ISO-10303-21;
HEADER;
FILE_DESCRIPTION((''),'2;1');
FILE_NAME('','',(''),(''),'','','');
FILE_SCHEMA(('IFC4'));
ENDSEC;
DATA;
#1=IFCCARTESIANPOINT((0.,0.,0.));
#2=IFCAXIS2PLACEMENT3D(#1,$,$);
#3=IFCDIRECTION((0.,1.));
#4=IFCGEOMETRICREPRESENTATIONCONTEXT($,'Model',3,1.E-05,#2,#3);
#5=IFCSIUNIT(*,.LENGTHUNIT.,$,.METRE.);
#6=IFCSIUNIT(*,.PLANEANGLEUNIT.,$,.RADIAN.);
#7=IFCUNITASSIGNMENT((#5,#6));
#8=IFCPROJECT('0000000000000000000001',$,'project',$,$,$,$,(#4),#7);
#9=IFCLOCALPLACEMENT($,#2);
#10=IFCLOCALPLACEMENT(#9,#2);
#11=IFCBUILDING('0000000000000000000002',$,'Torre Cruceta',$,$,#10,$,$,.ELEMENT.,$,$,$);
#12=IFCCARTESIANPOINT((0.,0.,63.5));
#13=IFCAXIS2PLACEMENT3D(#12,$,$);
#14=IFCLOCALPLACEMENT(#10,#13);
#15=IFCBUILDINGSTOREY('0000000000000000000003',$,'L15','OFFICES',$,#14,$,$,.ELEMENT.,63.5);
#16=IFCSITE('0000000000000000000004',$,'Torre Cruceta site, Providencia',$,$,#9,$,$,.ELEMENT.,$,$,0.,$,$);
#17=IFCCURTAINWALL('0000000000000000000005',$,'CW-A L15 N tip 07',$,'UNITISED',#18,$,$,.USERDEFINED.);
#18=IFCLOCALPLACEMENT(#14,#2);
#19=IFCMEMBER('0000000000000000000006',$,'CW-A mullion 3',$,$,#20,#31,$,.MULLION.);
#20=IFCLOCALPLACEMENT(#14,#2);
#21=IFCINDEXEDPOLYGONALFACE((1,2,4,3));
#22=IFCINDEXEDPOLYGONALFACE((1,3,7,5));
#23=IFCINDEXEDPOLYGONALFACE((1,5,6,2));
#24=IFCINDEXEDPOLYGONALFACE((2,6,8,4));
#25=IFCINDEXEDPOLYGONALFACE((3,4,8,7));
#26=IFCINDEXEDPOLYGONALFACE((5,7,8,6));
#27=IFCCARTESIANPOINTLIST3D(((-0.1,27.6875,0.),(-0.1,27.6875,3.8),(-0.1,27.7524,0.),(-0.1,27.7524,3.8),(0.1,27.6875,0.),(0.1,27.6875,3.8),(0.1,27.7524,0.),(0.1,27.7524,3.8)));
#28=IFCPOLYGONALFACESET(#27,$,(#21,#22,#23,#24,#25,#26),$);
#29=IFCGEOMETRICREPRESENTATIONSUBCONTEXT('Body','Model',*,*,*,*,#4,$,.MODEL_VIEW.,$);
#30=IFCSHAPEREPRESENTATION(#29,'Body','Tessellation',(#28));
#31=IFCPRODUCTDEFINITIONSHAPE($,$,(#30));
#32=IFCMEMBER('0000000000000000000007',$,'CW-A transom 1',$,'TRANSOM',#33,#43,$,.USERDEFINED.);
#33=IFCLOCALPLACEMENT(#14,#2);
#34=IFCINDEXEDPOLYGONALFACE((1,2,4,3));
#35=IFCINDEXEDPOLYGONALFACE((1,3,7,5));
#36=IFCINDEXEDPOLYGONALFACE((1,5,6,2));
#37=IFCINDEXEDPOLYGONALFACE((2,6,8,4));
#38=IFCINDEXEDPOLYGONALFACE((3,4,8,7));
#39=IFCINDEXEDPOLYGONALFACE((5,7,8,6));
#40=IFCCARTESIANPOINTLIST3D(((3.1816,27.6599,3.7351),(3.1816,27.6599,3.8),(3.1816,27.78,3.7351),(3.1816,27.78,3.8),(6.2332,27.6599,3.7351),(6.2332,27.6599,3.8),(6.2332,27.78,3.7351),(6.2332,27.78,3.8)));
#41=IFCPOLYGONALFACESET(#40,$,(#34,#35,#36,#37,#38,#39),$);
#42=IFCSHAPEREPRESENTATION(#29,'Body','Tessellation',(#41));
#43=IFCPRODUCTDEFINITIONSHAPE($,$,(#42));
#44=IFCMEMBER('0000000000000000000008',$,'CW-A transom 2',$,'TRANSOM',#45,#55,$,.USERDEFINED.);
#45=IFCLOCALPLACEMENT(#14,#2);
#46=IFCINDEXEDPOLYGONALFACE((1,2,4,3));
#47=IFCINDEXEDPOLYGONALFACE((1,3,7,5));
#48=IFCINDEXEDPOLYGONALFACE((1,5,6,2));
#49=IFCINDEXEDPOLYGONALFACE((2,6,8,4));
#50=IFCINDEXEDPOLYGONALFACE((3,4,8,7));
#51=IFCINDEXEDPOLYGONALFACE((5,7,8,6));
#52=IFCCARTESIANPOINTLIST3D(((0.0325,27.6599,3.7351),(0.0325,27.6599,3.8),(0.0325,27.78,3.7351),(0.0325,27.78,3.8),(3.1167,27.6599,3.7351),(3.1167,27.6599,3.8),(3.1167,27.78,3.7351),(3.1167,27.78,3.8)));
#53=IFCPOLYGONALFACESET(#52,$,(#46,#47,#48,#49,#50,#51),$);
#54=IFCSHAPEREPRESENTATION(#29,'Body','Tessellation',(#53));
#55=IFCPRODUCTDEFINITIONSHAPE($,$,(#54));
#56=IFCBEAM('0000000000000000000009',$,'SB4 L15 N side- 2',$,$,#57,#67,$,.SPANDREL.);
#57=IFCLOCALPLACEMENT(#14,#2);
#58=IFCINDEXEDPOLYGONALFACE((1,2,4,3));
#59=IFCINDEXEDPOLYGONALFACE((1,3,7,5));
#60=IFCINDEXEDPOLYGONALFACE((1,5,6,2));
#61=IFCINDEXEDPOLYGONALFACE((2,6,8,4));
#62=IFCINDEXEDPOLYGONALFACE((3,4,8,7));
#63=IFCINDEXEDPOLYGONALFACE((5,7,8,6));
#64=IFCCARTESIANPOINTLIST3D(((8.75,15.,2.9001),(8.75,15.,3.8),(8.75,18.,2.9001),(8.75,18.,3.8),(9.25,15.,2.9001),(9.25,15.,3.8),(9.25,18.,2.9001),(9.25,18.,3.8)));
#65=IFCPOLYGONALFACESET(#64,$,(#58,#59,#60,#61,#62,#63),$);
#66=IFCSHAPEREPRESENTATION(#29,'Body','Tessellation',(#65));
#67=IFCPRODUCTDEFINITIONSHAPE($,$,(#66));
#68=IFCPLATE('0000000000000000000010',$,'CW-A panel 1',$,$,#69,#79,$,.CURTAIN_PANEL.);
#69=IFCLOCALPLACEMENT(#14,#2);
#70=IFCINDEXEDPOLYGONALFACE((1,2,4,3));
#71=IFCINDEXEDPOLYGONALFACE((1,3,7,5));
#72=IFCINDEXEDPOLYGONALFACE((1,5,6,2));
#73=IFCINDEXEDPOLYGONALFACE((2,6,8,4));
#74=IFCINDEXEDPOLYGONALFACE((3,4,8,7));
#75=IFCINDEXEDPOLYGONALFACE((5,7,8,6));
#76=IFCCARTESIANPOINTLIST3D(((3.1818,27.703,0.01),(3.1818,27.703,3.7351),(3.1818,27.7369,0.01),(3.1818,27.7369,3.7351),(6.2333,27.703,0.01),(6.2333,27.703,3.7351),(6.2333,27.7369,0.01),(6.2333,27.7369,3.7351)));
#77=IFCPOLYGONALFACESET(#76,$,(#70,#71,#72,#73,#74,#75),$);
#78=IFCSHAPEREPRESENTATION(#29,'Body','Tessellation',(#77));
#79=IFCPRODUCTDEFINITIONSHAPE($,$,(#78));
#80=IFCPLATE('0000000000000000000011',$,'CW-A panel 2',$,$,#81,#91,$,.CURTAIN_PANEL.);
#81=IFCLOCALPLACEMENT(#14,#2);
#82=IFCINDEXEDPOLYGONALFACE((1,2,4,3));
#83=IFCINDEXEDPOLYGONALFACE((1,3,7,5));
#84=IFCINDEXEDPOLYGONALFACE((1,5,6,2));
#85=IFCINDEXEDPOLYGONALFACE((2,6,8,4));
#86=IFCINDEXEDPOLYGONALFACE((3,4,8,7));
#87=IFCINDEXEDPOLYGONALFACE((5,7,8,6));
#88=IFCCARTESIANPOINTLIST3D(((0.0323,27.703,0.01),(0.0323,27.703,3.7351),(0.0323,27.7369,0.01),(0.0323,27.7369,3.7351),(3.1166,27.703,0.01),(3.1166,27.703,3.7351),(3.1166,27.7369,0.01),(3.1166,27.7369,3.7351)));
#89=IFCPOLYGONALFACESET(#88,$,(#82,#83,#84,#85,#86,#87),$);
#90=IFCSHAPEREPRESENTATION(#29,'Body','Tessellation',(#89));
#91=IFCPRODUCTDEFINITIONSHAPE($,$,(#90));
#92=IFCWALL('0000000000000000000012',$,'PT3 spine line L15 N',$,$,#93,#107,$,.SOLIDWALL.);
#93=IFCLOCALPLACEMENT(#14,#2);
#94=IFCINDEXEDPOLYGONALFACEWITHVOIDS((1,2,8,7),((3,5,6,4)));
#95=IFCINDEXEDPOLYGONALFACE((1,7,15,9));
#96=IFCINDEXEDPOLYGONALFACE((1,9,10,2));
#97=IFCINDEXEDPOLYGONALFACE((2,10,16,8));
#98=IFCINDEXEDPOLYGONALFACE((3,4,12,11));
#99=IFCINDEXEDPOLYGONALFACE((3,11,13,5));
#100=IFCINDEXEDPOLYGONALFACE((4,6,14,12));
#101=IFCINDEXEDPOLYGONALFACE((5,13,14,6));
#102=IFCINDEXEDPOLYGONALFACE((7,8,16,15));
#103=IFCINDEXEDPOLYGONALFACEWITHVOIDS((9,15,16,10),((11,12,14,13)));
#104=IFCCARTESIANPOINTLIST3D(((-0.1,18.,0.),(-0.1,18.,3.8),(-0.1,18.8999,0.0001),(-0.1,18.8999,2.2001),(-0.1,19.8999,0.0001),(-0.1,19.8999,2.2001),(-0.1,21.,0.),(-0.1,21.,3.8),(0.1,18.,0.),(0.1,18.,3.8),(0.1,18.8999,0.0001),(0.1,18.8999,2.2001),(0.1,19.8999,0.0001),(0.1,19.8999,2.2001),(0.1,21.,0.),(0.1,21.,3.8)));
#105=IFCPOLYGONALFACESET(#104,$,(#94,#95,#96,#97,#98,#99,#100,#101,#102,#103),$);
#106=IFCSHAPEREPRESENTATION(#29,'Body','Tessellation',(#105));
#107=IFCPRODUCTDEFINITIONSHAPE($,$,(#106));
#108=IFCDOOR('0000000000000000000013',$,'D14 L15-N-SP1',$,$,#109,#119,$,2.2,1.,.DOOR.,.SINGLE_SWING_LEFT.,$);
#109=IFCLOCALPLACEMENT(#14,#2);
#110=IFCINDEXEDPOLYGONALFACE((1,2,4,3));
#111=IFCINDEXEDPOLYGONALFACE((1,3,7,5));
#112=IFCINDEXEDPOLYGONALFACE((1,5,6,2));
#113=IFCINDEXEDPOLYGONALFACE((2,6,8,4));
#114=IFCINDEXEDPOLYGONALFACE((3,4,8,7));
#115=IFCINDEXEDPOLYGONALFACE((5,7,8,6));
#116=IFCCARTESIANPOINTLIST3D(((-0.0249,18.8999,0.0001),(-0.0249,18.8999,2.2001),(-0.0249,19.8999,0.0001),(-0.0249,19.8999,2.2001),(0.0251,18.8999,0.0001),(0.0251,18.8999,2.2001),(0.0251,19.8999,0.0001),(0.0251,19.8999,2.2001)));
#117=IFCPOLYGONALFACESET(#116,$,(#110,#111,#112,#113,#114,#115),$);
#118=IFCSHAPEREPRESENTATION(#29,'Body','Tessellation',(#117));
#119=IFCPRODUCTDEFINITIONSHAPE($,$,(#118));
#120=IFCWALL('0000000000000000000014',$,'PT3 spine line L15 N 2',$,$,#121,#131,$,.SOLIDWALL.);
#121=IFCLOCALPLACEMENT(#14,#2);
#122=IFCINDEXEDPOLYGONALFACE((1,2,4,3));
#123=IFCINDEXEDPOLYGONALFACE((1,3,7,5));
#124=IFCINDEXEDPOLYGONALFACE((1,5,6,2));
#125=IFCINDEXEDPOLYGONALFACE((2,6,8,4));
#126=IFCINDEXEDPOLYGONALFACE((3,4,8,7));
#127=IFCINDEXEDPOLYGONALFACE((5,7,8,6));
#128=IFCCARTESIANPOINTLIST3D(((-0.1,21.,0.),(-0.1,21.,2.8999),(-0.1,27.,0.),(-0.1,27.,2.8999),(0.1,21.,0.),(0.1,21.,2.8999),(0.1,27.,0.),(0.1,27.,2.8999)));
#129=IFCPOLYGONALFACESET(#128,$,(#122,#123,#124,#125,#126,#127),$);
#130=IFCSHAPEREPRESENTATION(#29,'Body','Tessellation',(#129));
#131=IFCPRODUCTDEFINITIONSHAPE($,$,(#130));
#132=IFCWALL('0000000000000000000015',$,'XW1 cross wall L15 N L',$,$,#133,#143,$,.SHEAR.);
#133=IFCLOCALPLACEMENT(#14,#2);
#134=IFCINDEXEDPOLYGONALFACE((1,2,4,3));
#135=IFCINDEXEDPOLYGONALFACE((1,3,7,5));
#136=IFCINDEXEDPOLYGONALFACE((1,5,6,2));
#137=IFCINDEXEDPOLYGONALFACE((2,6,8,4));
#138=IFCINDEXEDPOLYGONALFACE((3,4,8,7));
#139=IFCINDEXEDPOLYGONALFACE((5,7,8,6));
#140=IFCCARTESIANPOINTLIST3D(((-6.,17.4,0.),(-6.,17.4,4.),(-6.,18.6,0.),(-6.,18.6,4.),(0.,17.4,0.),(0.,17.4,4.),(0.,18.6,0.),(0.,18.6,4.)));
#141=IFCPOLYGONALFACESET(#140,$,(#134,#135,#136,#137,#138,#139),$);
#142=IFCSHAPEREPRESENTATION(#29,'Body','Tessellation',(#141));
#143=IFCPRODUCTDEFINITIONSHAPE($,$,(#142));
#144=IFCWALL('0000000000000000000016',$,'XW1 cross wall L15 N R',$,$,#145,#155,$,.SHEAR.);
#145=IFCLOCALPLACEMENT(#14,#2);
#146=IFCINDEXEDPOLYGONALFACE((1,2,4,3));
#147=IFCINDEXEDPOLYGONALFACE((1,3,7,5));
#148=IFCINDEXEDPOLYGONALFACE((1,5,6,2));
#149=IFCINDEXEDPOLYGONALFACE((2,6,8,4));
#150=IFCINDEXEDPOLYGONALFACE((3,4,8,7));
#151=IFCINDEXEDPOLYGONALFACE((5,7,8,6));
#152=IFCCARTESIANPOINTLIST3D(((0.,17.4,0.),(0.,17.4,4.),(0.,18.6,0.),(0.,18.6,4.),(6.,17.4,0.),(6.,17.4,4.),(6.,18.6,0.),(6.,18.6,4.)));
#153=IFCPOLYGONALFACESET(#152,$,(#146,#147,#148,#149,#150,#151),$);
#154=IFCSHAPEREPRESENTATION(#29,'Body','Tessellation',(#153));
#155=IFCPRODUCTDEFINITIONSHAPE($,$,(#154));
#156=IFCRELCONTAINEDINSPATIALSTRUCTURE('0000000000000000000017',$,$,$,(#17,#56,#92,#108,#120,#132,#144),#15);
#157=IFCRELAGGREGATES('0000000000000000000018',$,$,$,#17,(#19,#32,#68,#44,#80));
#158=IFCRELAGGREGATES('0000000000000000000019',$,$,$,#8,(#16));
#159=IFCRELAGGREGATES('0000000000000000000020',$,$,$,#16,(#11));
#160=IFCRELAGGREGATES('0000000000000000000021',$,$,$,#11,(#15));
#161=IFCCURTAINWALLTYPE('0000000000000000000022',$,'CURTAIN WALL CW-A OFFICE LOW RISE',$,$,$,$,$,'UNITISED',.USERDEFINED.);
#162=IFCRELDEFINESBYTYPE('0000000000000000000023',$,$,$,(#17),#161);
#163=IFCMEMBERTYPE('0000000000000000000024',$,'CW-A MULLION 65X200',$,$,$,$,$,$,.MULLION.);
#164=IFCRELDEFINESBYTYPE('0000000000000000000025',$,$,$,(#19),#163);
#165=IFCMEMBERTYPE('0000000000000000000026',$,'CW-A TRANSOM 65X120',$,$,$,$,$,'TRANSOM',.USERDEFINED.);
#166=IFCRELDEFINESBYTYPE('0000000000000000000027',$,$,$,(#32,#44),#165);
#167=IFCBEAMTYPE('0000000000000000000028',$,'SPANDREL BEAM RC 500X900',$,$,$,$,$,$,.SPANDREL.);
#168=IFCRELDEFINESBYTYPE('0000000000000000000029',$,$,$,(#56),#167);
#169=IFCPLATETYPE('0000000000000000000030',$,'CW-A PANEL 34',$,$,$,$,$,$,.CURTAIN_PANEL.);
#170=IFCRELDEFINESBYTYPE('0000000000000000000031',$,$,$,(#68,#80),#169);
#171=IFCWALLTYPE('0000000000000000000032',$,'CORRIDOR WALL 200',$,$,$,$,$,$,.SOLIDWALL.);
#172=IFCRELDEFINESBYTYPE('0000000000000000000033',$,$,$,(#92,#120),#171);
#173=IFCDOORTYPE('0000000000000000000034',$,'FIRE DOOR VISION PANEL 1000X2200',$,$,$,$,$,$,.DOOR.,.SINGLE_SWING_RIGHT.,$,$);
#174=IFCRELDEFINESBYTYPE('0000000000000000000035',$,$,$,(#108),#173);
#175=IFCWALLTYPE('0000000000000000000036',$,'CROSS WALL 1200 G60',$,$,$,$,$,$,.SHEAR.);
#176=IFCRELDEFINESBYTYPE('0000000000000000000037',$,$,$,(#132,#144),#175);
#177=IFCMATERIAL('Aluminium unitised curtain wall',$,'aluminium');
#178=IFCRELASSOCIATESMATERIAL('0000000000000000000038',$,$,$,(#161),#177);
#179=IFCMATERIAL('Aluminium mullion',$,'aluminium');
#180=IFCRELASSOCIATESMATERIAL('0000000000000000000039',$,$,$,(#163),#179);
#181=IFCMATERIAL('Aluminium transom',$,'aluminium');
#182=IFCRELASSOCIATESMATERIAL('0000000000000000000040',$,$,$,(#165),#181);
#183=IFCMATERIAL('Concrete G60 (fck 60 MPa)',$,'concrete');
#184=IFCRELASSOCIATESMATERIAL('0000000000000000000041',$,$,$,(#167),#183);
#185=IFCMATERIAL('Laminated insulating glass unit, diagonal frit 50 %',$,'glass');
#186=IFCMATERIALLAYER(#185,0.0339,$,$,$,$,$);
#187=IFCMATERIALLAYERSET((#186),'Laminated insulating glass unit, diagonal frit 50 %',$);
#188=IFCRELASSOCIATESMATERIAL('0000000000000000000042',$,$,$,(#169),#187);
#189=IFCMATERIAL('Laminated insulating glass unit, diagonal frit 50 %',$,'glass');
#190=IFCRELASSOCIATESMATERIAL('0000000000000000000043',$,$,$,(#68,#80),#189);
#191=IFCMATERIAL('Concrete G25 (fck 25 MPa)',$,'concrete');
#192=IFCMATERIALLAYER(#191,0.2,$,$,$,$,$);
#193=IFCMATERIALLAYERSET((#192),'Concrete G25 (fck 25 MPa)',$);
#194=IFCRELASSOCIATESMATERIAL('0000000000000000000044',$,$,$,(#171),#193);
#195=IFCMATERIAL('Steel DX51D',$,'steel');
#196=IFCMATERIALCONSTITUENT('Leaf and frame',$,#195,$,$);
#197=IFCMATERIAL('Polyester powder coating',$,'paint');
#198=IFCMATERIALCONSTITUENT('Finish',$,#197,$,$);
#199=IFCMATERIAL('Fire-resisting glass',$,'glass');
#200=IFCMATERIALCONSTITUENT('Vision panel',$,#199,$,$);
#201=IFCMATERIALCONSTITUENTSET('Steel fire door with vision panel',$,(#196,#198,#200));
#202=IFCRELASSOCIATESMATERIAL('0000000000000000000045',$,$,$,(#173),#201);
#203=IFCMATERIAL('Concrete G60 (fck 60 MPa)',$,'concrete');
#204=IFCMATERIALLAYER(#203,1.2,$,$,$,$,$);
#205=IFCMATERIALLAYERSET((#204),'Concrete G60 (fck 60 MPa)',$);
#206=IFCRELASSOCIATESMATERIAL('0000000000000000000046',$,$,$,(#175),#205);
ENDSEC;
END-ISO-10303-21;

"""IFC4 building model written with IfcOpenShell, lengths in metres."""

from ifc_helpers import new_model, si_unit, direction, frame, frame_2d, origin, origin_2d, place, context, subcontext, project, spatial, rectangle, extrude, material, layer, layer_set, constituent, constituent_set, material_profile, profile_set, type_object, element, fill, aggregate, save


model = new_model("IFC4")

# Units and contexts
model_context = context("Model", 3, precision=1e-05, world=origin(), true_north=direction((0.0, 1.0)))
body_context = subcontext(model_context, "Body", "Model", "MODEL_VIEW")
ifc_project = project(units=[si_unit("LENGTHUNIT", "METRE"), si_unit("PLANEANGLEUNIT", "RADIAN")], contexts=[model_context])

# Site, building, storey
site_placement = place(None, origin())
site = spatial("IfcSite", under=ifc_project, at=site_placement, Name="Torre Cruceta site, Providencia", CompositionType="ELEMENT", RefElevation=0.0)
building_placement = place(site_placement, origin())
building = spatial("IfcBuilding", under=site, at=building_placement, Name="Torre Cruceta", CompositionType="ELEMENT")
storey_placement = place(building_placement, frame((0.0, 0.0, 63.5)))
storey = spatial("IfcBuildingStorey", under=building, at=storey_placement, Name="L15", Description="OFFICES", CompositionType="ELEMENT", Elevation=63.5)

# Curtain wall, members
ifc_material_1 = material(Name="Aluminium unitised curtain wall", Category="aluminium")
curtain_wall_type = type_object("IfcCurtainWallType", Name="CURTAIN WALL CW-A OFFICE LOW RISE", ElementType="UNITISED", PredefinedType="USERDEFINED", material=ifc_material_1)
curtain_wall_placement = place(storey_placement, origin())
curtain_wall = element("IfcCurtainWall", 1, at=curtain_wall_placement, inside=storey, type_object=curtain_wall_type, Name="CW-A L15 N tip 07", ObjectType="UNITISED", PredefinedType="USERDEFINED")
ifc_material_2 = material(Name="Aluminium mullion", Category="aluminium")
ifc_material_profile_1 = material_profile(ifc_material_2, rectangle(XDim=0.0649, YDim=0.2, at=origin_2d()), Name="AL 65X200")
ifc_profile_set_1 = profile_set([ifc_material_profile_1], Name="Aluminium mullion")
member_type_1 = type_object("IfcMemberType", Name="CW-A MULLION 65X200", PredefinedType="MULLION", material=ifc_profile_set_1)
member_1_placement = place(storey_placement, frame((0.0, 27.72, 0.0), z_axis=(0.0, 0.0, 1.0), x_axis=(0.0, -1.0, 0.0)))
member_1 = element("IfcMember", 2, at=member_1_placement, type_object=member_type_1, Name="CW-A mullion 3", PredefinedType="MULLION", context=body_context, shape_type="SweptSolid", body=[
    extrude(rectangle(XDim=0.0649, YDim=0.2, at=origin_2d()), origin(), (0.0, 0.0, 1.0), 3.8),
])
ifc_material_3 = material(Name="Aluminium transom", Category="aluminium")
ifc_material_profile_2 = material_profile(ifc_material_3, rectangle(XDim=0.1201, YDim=0.0649, at=origin_2d()), Name="AL 120X65")
ifc_profile_set_2 = profile_set([ifc_material_profile_2], Name="Aluminium transom")
member_type_2 = type_object("IfcMemberType", Name="CW-A TRANSOM 65X120", ElementType="TRANSOM", PredefinedType="USERDEFINED", material=ifc_profile_set_2)
member_2_placement = place(storey_placement, frame((6.2332, 27.72, 3.7676), z_axis=(-1.0, 0.0, 0.0), x_axis=(0.0, -1.0, 0.0)))
member_2 = element("IfcMember", 3, at=member_2_placement, type_object=member_type_2, Name="CW-A transom 1", ObjectType="TRANSOM", PredefinedType="USERDEFINED", context=body_context, shape_type="SweptSolid", body=[
    extrude(rectangle(XDim=0.1201, YDim=0.0649, at=origin_2d()), origin(), (0.0, 0.0, 1.0), 3.0515),
])
member_3_placement = place(storey_placement, frame((3.1167, 27.72, 3.7676), z_axis=(-1.0, 0.0, 0.0), x_axis=(0.0, -1.0, 0.0)))
member_3 = element("IfcMember", 4, at=member_3_placement, type_object=member_type_2, Name="CW-A transom 2", ObjectType="TRANSOM", PredefinedType="USERDEFINED", context=body_context, shape_type="SweptSolid", body=[
    extrude(rectangle(XDim=0.1201, YDim=0.0649, at=origin_2d()), origin(), (0.0, 0.0, 1.0), 3.0842),
])

# Beam
ifc_material_4 = material(Name="Concrete G60 (fck 60 MPa)", Category="concrete")
ifc_material_profile_3 = material_profile(ifc_material_4, rectangle(XDim=0.5, YDim=0.8999, at=origin_2d()), Name="RC 500X900")
ifc_profile_set_3 = profile_set([ifc_material_profile_3], Name="Concrete G60 (fck 60 MPa)")
beam_type_1 = type_object("IfcBeamType", Name="SPANDREL BEAM RC 500X900", PredefinedType="SPANDREL", material=ifc_profile_set_3)
beam_placement = place(storey_placement, frame((9.0, 15.0, 3.3501), z_axis=(0.0, 1.0, 0.0), x_axis=(-1.0, 0.0, 0.0)))
element("IfcBeam", 5, at=beam_placement, inside=storey, type_object=beam_type_1, Name="SB4 L15 N side- 2", PredefinedType="SPANDREL", context=body_context, shape_type="SweptSolid", body=[
    extrude(rectangle(XDim=0.5, YDim=0.8999, at=origin_2d()), origin(), (0.0, 0.0, 1.0), 3.0),
])

# Plates
ifc_material_5 = material(Name="Laminated insulating glass unit, diagonal frit 50 %", Category="glass")
ifc_material_6 = material(Name="Laminated insulating glass unit, diagonal frit 50 %", Category="glass")
ifc_layer_1 = layer(ifc_material_6, 0.0339)
ifc_layer_set_1 = layer_set([ifc_layer_1], Name="Laminated insulating glass unit, diagonal frit 50 %")
plate_type = type_object("IfcPlateType", Name="CW-A PANEL 34", PredefinedType="CURTAIN_PANEL", material=ifc_layer_set_1)
plate_1_placement = place(storey_placement, frame((4.7075, 27.72, 0.01), z_axis=(0.0, 0.0, 1.0), x_axis=(-1.0, 0.0, 0.0)))
plate_1 = element("IfcPlate", 6, at=plate_1_placement, type_object=plate_type, material=ifc_material_5, Name="CW-A panel 1", PredefinedType="CURTAIN_PANEL", context=body_context, shape_type="SweptSolid", body=[
    extrude(rectangle(XDim=3.0515, YDim=0.0339, at=origin_2d()), origin(), (0.0, 0.0, 1.0), 3.7251),
])
plate_2_placement = place(storey_placement, frame((1.5745, 27.72, 0.01), z_axis=(0.0, 0.0, 1.0), x_axis=(-1.0, 0.0, 0.0)))
plate_2 = element("IfcPlate", 7, at=plate_2_placement, type_object=plate_type, material=ifc_material_5, Name="CW-A panel 2", PredefinedType="CURTAIN_PANEL", context=body_context, shape_type="SweptSolid", body=[
    extrude(rectangle(XDim=3.0842, YDim=0.0339, at=origin_2d()), origin(), (0.0, 0.0, 1.0), 3.7251),
])
aggregate(curtain_wall, [member_1, member_2, plate_1, member_3, plate_2])

# Wall, opening, door
ifc_material_7 = material(Name="Concrete G25 (fck 25 MPa)", Category="concrete")
ifc_layer_2 = layer(ifc_material_7, 0.2)
ifc_layer_set_2 = layer_set([ifc_layer_2], Name="Concrete G25 (fck 25 MPa)")
wall_type_1 = type_object("IfcWallType", Name="CORRIDOR WALL 200", PredefinedType="SOLIDWALL", material=ifc_layer_set_2)
wall_1_placement = place(storey_placement, frame((0.0, 18.0, 0.0), z_axis=(0.0, 0.0, 1.0), x_axis=(0.0, 1.0, 0.0)))
wall_1 = element("IfcWall", 8, at=wall_1_placement, inside=storey, type_object=wall_type_1, Name="PT3 spine line L15 N", PredefinedType="SOLIDWALL", context=body_context, shape_type="SweptSolid", body=[
    extrude(rectangle(XDim=3.0, YDim=0.2, at=frame_2d((1.5, 0.0))), origin(), (0.0, 0.0, 1.0), 3.8),
])
opening_placement = place(wall_1_placement, frame((0.8999, 0.0, 0.0)))
opening = element("IfcOpeningElement", 9, at=opening_placement, cuts=wall_1, PredefinedType="OPENING", context=body_context, shape_type="SweptSolid", body=[
    extrude(rectangle(XDim=1.0, YDim=2.2, at=frame_2d((0.5, 1.1001))), frame((0.0, 0.1099, 0.0), z_axis=(0.0, -1.0, 0.0), x_axis=(1.0, 0.0, 0.0)), (0.0, 0.0, 1.0), 0.22),
])
ifc_material_8 = material(Name="Steel DX51D", Category="steel")
ifc_constituent_1 = constituent(ifc_material_8, Name="Leaf and frame")
ifc_material_9 = material(Name="Polyester powder coating", Category="paint")
ifc_constituent_2 = constituent(ifc_material_9, Name="Finish")
ifc_material_10 = material(Name="Fire-resisting glass", Category="glass")
ifc_constituent_3 = constituent(ifc_material_10, Name="Vision panel")
ifc_constituent_set = constituent_set(constituents=[ifc_constituent_1, ifc_constituent_2, ifc_constituent_3], Name="Steel fire door with vision panel")
door_type = type_object("IfcDoorType", Name="FIRE DOOR VISION PANEL 1000X2200", OperationType="SINGLE_SWING_RIGHT", PredefinedType="DOOR", material=ifc_constituent_set)
door_placement = place(opening_placement, origin())
door = element("IfcDoor", 10, at=door_placement, inside=storey, type_object=door_type, Name="D14 L15-N-SP1", OperationType="SINGLE_SWING_LEFT", OverallHeight=2.2, OverallWidth=1.0, PredefinedType="DOOR", context=body_context, shape_type="SweptSolid", body=[
    extrude(rectangle(XDim=1.0, YDim=2.2, at=frame_2d((0.5, 1.1001))), frame((0.0, 0.0249, 0.0), z_axis=(0.0, -1.0, 0.0), x_axis=(1.0, 0.0, 0.0)), (0.0, 0.0, 1.0), 0.05),
])
fill(opening, door)

# Walls
wall_2_placement = place(storey_placement, frame((0.0, 21.0, 0.0), z_axis=(0.0, 0.0, 1.0), x_axis=(0.0, 1.0, 0.0)))
element("IfcWall", 11, at=wall_2_placement, inside=storey, type_object=wall_type_1, Name="PT3 spine line L15 N 2", PredefinedType="SOLIDWALL", context=body_context, shape_type="SweptSolid", body=[
    extrude(rectangle(XDim=6.0, YDim=0.2, at=frame_2d((3.0, 0.0))), origin(), (0.0, 0.0, 1.0), 2.8999),
])
ifc_material_11 = material(Name="Concrete G60 (fck 60 MPa)", Category="concrete")
ifc_layer_3 = layer(ifc_material_11, 1.2)
ifc_layer_set_3 = layer_set([ifc_layer_3], Name="Concrete G60 (fck 60 MPa)")
wall_type_2 = type_object("IfcWallType", Name="CROSS WALL 1200 G60", PredefinedType="SHEAR", material=ifc_layer_set_3)
for number, where, z_axis, x_axis, name in (
    (12, (0.0, 18.0, 0.0), (0.0, 0.0, 1.0), (-1.0, 0.0, 0.0), "XW1 cross wall L15 N L"),
    (13, (0.0, 18.0, 0.0), (0.0, 0.0, 1.0), (1.0, 0.0, 0.0), "XW1 cross wall L15 N R"),
):
    element("IfcWall", number, at=place(storey_placement, frame(where, z_axis=z_axis, x_axis=x_axis)), inside=storey, type_object=wall_type_2, Name=name, PredefinedType="SHEAR", context=body_context, shape_type="SweptSolid", body=[
        extrude(rectangle(XDim=6.0, YDim=1.2, at=frame_2d((3.0, 0.0))), origin(), (0.0, 0.0, 1.0), 4.0),
    ])

save(model, "model.ifc")
